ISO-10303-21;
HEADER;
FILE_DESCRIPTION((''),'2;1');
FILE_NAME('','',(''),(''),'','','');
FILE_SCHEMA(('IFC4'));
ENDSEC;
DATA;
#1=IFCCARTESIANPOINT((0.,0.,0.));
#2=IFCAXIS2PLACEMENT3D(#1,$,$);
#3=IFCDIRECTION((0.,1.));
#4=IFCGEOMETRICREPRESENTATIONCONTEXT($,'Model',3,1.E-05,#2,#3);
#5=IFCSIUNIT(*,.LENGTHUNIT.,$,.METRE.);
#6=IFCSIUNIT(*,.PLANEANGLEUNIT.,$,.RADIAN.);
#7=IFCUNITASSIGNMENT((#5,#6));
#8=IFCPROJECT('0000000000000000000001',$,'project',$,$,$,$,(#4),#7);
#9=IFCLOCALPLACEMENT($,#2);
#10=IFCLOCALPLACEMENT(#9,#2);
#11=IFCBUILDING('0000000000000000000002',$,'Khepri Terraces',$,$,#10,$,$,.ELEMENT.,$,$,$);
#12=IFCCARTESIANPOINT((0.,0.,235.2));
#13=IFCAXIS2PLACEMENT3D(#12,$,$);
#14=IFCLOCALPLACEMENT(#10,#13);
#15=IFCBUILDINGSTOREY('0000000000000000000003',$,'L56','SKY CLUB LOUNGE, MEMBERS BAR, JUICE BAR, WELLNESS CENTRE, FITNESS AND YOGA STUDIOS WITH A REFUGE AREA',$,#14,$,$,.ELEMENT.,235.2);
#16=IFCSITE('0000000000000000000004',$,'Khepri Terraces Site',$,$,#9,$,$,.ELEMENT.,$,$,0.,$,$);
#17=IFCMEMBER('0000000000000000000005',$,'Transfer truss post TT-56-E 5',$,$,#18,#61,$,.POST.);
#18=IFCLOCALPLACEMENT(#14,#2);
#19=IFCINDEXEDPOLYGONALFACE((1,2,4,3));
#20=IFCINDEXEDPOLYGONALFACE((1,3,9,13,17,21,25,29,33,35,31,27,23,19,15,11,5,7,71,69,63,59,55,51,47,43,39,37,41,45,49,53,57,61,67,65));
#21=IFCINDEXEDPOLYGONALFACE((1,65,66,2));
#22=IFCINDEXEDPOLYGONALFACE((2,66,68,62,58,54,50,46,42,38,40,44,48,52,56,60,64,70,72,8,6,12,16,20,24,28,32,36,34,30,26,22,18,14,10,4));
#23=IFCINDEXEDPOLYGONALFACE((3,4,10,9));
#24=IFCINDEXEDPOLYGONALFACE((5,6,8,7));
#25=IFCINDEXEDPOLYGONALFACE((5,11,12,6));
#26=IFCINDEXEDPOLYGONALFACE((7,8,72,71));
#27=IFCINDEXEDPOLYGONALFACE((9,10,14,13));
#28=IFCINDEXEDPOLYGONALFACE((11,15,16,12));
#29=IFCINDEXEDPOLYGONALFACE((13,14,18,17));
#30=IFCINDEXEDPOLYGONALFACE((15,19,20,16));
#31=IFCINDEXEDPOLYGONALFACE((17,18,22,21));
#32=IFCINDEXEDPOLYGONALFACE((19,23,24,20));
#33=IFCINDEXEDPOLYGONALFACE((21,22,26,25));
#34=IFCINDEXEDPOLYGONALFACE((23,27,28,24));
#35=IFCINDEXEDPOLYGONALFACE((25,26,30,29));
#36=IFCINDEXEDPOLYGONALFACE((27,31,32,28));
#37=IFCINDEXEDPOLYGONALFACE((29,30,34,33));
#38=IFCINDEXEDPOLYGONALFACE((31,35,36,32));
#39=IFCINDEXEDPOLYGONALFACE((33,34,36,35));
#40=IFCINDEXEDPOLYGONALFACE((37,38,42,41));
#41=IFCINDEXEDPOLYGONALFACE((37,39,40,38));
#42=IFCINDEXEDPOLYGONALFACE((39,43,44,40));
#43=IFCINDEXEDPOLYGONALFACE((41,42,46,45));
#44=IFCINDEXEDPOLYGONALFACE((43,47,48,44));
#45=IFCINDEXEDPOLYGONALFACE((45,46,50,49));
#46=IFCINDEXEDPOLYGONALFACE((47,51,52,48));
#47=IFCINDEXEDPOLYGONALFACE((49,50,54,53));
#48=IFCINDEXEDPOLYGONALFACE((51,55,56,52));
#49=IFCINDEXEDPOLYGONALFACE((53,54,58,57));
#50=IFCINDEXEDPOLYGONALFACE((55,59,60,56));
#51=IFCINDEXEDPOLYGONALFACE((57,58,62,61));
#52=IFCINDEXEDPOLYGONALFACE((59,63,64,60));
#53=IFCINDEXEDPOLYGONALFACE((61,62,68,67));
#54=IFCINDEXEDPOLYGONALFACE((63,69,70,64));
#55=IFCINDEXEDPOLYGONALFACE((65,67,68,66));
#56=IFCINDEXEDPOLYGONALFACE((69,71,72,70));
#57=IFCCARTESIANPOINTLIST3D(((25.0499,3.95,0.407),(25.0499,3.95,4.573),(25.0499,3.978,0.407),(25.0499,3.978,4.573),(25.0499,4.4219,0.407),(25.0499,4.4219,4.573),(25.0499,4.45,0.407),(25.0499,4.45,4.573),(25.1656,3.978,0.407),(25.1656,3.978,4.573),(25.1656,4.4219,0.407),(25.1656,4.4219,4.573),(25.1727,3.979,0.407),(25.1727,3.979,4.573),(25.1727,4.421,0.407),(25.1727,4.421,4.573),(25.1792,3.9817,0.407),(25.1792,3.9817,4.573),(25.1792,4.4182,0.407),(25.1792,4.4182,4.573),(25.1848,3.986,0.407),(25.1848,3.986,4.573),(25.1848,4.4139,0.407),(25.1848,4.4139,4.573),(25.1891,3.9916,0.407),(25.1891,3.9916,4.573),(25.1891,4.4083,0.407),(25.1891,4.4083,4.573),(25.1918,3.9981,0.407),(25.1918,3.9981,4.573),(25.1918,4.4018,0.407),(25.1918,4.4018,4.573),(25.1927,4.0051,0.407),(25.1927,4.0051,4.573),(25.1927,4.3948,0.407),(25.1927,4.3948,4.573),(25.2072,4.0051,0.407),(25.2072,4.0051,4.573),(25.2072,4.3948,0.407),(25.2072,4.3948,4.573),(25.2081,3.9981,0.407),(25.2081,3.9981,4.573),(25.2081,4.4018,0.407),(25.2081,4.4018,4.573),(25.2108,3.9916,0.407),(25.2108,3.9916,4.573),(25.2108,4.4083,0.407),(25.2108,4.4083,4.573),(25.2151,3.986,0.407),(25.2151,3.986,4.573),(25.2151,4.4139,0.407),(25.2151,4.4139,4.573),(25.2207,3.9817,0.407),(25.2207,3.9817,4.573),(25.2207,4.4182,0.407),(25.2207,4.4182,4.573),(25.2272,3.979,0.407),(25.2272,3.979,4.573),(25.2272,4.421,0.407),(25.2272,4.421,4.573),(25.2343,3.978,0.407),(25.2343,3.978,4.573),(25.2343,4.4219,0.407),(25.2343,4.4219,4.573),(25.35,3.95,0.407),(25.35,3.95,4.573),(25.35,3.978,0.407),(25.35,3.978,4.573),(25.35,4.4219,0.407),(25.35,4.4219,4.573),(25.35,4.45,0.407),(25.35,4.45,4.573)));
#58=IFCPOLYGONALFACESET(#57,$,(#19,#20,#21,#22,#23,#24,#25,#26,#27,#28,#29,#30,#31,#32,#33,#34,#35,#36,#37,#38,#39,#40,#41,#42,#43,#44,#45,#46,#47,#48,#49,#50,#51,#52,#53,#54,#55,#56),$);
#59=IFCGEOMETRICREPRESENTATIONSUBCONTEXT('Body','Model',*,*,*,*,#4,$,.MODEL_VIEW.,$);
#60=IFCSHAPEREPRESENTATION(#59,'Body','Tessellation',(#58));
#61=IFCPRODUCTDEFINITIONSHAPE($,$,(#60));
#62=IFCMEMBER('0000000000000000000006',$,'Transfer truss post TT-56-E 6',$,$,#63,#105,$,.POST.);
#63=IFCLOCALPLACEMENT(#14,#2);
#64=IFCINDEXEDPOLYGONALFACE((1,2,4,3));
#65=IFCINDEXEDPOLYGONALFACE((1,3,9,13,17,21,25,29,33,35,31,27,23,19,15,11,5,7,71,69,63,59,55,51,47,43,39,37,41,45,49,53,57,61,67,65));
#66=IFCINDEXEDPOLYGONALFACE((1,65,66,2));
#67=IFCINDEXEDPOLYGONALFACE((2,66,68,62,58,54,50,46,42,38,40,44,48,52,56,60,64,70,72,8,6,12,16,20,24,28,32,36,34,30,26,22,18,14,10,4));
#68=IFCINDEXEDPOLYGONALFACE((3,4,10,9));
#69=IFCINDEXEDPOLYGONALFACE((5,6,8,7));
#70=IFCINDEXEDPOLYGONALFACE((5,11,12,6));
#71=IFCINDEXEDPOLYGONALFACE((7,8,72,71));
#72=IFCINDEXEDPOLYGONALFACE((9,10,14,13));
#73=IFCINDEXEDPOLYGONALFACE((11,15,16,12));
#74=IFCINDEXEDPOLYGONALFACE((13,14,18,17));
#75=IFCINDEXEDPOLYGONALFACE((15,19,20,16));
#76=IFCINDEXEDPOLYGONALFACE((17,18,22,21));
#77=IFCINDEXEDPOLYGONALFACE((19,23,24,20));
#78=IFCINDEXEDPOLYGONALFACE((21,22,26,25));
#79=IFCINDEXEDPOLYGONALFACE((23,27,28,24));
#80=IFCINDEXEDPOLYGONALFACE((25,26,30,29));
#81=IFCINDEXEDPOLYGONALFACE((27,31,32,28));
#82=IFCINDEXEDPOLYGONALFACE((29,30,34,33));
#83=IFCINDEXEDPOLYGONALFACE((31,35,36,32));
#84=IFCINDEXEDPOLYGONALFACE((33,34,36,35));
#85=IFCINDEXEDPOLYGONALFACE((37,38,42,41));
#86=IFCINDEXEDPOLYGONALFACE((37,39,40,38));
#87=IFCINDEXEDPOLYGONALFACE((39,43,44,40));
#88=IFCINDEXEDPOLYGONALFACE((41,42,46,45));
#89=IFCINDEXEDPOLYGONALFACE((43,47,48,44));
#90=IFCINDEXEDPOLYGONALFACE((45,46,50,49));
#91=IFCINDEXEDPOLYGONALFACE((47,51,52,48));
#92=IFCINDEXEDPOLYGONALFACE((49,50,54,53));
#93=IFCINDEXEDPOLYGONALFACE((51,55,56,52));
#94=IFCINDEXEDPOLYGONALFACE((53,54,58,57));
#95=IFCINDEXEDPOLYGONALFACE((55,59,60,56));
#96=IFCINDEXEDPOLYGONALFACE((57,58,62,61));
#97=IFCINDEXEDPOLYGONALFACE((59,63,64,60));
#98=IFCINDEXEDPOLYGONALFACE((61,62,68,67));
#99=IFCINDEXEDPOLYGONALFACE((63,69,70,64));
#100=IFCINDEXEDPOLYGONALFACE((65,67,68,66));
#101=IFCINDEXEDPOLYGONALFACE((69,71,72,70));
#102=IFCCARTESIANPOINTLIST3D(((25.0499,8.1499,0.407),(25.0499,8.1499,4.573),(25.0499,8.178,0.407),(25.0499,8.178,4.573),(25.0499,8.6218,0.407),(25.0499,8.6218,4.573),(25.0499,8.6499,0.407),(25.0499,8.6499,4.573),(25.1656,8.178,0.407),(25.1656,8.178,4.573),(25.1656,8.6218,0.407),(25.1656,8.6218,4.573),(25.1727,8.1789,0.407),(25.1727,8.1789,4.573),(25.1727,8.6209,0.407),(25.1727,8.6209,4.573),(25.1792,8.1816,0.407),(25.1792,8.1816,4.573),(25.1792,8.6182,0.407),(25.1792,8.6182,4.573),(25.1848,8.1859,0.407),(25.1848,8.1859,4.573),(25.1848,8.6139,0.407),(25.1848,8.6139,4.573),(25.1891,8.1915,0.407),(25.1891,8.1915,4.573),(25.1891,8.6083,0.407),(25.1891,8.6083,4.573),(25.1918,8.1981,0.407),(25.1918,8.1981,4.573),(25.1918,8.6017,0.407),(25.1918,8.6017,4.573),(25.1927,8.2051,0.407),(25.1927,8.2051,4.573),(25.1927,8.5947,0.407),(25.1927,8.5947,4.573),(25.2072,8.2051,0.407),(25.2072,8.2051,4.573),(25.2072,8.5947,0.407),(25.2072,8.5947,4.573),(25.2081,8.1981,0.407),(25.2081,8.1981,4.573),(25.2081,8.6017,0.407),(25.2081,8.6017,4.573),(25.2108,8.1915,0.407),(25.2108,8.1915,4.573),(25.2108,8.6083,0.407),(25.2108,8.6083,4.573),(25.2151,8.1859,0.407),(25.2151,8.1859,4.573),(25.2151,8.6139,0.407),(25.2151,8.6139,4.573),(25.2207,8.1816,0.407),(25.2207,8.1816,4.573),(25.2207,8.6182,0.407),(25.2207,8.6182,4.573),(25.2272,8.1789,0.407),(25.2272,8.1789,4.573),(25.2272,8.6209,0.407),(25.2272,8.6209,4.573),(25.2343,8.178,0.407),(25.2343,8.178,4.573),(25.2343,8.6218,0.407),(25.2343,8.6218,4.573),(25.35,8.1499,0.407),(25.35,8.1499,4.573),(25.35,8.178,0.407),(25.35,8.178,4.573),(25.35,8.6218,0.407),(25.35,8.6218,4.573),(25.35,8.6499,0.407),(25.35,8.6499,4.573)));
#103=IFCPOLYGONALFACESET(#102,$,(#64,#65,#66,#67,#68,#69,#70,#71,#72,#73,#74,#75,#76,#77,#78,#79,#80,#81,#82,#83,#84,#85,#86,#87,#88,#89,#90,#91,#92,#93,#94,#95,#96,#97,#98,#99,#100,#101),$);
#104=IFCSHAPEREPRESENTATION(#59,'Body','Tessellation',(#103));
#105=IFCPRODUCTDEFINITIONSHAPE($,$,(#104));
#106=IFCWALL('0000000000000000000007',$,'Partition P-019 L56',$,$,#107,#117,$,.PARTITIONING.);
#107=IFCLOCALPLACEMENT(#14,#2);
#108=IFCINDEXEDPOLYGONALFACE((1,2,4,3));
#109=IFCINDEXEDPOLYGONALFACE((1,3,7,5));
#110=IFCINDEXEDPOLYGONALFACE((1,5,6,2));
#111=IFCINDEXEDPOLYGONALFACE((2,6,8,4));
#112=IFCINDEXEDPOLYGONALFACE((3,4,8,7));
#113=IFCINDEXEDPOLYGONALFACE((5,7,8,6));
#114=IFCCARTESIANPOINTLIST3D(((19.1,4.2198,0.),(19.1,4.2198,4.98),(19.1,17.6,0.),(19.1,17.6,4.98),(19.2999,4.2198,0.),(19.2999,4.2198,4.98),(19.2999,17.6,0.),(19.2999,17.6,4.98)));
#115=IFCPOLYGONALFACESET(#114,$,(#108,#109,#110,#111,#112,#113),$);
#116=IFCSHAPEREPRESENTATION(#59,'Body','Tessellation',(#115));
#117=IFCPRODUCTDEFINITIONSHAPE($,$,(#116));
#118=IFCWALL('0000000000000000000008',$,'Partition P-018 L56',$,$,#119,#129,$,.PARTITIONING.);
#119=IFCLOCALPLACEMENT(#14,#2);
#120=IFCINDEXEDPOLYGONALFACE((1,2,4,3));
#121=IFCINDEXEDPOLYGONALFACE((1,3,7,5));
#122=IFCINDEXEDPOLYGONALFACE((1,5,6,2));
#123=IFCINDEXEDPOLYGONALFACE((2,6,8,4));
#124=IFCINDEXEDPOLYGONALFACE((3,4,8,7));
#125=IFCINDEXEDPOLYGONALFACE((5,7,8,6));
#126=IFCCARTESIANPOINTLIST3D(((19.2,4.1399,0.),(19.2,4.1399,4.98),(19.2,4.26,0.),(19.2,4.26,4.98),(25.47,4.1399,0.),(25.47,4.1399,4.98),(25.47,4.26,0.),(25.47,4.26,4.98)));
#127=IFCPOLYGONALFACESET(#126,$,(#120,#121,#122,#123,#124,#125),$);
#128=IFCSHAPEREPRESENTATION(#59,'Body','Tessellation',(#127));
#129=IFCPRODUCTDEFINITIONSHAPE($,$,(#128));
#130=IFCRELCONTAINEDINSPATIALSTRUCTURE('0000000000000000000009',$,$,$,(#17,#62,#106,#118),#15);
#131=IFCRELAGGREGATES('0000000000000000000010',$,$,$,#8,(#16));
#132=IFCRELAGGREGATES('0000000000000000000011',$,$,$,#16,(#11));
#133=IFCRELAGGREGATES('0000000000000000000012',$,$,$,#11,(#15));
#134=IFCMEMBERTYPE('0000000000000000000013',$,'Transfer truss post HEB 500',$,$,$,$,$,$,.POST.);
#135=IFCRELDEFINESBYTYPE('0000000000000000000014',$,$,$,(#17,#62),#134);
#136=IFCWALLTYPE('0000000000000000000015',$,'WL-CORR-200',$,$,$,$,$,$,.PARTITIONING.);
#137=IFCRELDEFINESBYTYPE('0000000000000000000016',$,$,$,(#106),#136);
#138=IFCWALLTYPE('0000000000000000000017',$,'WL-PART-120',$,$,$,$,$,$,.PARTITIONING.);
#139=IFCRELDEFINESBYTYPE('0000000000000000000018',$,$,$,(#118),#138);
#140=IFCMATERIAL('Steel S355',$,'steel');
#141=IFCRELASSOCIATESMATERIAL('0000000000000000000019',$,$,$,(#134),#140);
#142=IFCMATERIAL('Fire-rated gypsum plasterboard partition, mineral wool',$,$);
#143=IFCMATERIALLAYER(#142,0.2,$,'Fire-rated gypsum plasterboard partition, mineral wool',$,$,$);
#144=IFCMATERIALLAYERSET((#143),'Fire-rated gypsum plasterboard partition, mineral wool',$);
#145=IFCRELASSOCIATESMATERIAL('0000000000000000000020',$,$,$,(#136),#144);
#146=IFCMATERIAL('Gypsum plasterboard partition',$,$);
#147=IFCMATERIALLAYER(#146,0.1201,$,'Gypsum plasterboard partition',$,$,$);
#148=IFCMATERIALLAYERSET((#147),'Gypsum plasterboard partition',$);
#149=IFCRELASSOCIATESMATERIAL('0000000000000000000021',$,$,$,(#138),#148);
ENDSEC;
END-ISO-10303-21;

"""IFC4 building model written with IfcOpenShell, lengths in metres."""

from ifc_helpers import new_model, si_unit, direction, frame, frame_2d, origin, origin_2d, place, context, subcontext, project, spatial, rectangle, i_section, extrude, material, layer, layer_set, material_profile, profile_set, type_object, element, save


model = new_model("IFC4")

# Units and contexts
model_context = context("Model", 3, precision=1e-05, world=origin(), true_north=direction((0.0, 1.0)))
body_context = subcontext(model_context, "Body", "Model", "MODEL_VIEW")
ifc_project = project(units=[si_unit("LENGTHUNIT", "METRE"), si_unit("PLANEANGLEUNIT", "RADIAN")], contexts=[model_context])

# Site, building, storey
site_placement = place(None, origin())
site = spatial("IfcSite", under=ifc_project, at=site_placement, Name="Khepri Terraces Site", CompositionType="ELEMENT", RefElevation=0.0)
building_placement = place(site_placement, origin())
building = spatial("IfcBuilding", under=site, at=building_placement, Name="Khepri Terraces", CompositionType="ELEMENT")
storey_placement = place(building_placement, frame((0.0, 0.0, 235.2)))
storey = spatial("IfcBuildingStorey", under=building, at=storey_placement, Name="L56", Description="SKY CLUB LOUNGE, MEMBERS BAR, JUICE BAR, WELLNESS CENTRE, FITNESS AND YOGA STUDIOS WITH A REFUGE AREA", CompositionType="ELEMENT", Elevation=235.2)

# Members
ifc_material_1 = material(Name="Steel S355", Category="steel")
ifc_material_profile_1 = material_profile(ifc_material_1, i_section(OverallWidth=0.3, OverallDepth=0.5, WebThickness=0.0144, FlangeThickness=0.0281, FilletRadius=0.0271, at=origin_2d()), Name="Steel S355", Category="steel")
ifc_profile_set_1 = profile_set([ifc_material_profile_1], Name="Steel S355")
member_type_1 = type_object("IfcMemberType", Name="Transfer truss post HEB 500", PredefinedType="POST", material=ifc_profile_set_1)
for number, where, z_axis, x_axis, name in (
    (1, (25.2, 4.2, 0.407), (0.0, 0.0, 1.0), (1.0, 0.0, 0.0), "Transfer truss post TT-56-E 5"),
    (2, (25.2, 8.3999, 0.407), (0.0, 0.0, 1.0), (1.0, 0.0, 0.0), "Transfer truss post TT-56-E 6"),
):
    element("IfcMember", number, at=place(storey_placement, frame(where, z_axis=z_axis, x_axis=x_axis)), inside=storey, type_object=member_type_1, Name=name, PredefinedType="POST", context=body_context, shape_type="SweptSolid", body=[
        extrude(i_section(OverallWidth=0.3, OverallDepth=0.5, WebThickness=0.0144, FlangeThickness=0.0281, FilletRadius=0.0271, at=origin_2d()), origin(), (0.0, 0.0, 1.0), 4.166),
    ])

# Walls
ifc_material_2 = material(Name="Fire-rated gypsum plasterboard partition, mineral wool")
ifc_layer_1 = layer(ifc_material_2, 0.2, Name="Fire-rated gypsum plasterboard partition, mineral wool")
ifc_layer_set_1 = layer_set([ifc_layer_1], Name="Fire-rated gypsum plasterboard partition, mineral wool")
wall_type_1 = type_object("IfcWallType", Name="WL-CORR-200", PredefinedType="PARTITIONING", material=ifc_layer_set_1)
wall_1_placement = place(storey_placement, frame((19.2, 4.22, 0.0), z_axis=(0.0, 0.0, 1.0), x_axis=(0.0, 1.0, 0.0)))
element("IfcWall", 3, at=wall_1_placement, inside=storey, type_object=wall_type_1, Name="Partition P-019 L56", PredefinedType="PARTITIONING", context=body_context, shape_type="SweptSolid", body=[
    extrude(rectangle(XDim=13.3801, YDim=0.2, at=frame_2d((6.6899, 0.0))), origin(), (0.0, 0.0, 1.0), 4.98),
])
ifc_material_3 = material(Name="Gypsum plasterboard partition")
ifc_layer_2 = layer(ifc_material_3, 0.1201, Name="Gypsum plasterboard partition")
ifc_layer_set_2 = layer_set([ifc_layer_2], Name="Gypsum plasterboard partition")
wall_type_2 = type_object("IfcWallType", Name="WL-PART-120", PredefinedType="PARTITIONING", material=ifc_layer_set_2)
wall_2_placement = place(storey_placement, frame((19.2, 4.2, 0.0), z_axis=(0.0, 0.0, 1.0), x_axis=(1.0, 0.0, 0.0)))
element("IfcWall", 4, at=wall_2_placement, inside=storey, type_object=wall_type_2, Name="Partition P-018 L56", PredefinedType="PARTITIONING", context=body_context, shape_type="SweptSolid", body=[
    extrude(rectangle(XDim=6.27, YDim=0.1201, at=frame_2d((3.135, 0.0))), origin(), (0.0, 0.0, 1.0), 4.98),
])

save(model, "model.ifc")
